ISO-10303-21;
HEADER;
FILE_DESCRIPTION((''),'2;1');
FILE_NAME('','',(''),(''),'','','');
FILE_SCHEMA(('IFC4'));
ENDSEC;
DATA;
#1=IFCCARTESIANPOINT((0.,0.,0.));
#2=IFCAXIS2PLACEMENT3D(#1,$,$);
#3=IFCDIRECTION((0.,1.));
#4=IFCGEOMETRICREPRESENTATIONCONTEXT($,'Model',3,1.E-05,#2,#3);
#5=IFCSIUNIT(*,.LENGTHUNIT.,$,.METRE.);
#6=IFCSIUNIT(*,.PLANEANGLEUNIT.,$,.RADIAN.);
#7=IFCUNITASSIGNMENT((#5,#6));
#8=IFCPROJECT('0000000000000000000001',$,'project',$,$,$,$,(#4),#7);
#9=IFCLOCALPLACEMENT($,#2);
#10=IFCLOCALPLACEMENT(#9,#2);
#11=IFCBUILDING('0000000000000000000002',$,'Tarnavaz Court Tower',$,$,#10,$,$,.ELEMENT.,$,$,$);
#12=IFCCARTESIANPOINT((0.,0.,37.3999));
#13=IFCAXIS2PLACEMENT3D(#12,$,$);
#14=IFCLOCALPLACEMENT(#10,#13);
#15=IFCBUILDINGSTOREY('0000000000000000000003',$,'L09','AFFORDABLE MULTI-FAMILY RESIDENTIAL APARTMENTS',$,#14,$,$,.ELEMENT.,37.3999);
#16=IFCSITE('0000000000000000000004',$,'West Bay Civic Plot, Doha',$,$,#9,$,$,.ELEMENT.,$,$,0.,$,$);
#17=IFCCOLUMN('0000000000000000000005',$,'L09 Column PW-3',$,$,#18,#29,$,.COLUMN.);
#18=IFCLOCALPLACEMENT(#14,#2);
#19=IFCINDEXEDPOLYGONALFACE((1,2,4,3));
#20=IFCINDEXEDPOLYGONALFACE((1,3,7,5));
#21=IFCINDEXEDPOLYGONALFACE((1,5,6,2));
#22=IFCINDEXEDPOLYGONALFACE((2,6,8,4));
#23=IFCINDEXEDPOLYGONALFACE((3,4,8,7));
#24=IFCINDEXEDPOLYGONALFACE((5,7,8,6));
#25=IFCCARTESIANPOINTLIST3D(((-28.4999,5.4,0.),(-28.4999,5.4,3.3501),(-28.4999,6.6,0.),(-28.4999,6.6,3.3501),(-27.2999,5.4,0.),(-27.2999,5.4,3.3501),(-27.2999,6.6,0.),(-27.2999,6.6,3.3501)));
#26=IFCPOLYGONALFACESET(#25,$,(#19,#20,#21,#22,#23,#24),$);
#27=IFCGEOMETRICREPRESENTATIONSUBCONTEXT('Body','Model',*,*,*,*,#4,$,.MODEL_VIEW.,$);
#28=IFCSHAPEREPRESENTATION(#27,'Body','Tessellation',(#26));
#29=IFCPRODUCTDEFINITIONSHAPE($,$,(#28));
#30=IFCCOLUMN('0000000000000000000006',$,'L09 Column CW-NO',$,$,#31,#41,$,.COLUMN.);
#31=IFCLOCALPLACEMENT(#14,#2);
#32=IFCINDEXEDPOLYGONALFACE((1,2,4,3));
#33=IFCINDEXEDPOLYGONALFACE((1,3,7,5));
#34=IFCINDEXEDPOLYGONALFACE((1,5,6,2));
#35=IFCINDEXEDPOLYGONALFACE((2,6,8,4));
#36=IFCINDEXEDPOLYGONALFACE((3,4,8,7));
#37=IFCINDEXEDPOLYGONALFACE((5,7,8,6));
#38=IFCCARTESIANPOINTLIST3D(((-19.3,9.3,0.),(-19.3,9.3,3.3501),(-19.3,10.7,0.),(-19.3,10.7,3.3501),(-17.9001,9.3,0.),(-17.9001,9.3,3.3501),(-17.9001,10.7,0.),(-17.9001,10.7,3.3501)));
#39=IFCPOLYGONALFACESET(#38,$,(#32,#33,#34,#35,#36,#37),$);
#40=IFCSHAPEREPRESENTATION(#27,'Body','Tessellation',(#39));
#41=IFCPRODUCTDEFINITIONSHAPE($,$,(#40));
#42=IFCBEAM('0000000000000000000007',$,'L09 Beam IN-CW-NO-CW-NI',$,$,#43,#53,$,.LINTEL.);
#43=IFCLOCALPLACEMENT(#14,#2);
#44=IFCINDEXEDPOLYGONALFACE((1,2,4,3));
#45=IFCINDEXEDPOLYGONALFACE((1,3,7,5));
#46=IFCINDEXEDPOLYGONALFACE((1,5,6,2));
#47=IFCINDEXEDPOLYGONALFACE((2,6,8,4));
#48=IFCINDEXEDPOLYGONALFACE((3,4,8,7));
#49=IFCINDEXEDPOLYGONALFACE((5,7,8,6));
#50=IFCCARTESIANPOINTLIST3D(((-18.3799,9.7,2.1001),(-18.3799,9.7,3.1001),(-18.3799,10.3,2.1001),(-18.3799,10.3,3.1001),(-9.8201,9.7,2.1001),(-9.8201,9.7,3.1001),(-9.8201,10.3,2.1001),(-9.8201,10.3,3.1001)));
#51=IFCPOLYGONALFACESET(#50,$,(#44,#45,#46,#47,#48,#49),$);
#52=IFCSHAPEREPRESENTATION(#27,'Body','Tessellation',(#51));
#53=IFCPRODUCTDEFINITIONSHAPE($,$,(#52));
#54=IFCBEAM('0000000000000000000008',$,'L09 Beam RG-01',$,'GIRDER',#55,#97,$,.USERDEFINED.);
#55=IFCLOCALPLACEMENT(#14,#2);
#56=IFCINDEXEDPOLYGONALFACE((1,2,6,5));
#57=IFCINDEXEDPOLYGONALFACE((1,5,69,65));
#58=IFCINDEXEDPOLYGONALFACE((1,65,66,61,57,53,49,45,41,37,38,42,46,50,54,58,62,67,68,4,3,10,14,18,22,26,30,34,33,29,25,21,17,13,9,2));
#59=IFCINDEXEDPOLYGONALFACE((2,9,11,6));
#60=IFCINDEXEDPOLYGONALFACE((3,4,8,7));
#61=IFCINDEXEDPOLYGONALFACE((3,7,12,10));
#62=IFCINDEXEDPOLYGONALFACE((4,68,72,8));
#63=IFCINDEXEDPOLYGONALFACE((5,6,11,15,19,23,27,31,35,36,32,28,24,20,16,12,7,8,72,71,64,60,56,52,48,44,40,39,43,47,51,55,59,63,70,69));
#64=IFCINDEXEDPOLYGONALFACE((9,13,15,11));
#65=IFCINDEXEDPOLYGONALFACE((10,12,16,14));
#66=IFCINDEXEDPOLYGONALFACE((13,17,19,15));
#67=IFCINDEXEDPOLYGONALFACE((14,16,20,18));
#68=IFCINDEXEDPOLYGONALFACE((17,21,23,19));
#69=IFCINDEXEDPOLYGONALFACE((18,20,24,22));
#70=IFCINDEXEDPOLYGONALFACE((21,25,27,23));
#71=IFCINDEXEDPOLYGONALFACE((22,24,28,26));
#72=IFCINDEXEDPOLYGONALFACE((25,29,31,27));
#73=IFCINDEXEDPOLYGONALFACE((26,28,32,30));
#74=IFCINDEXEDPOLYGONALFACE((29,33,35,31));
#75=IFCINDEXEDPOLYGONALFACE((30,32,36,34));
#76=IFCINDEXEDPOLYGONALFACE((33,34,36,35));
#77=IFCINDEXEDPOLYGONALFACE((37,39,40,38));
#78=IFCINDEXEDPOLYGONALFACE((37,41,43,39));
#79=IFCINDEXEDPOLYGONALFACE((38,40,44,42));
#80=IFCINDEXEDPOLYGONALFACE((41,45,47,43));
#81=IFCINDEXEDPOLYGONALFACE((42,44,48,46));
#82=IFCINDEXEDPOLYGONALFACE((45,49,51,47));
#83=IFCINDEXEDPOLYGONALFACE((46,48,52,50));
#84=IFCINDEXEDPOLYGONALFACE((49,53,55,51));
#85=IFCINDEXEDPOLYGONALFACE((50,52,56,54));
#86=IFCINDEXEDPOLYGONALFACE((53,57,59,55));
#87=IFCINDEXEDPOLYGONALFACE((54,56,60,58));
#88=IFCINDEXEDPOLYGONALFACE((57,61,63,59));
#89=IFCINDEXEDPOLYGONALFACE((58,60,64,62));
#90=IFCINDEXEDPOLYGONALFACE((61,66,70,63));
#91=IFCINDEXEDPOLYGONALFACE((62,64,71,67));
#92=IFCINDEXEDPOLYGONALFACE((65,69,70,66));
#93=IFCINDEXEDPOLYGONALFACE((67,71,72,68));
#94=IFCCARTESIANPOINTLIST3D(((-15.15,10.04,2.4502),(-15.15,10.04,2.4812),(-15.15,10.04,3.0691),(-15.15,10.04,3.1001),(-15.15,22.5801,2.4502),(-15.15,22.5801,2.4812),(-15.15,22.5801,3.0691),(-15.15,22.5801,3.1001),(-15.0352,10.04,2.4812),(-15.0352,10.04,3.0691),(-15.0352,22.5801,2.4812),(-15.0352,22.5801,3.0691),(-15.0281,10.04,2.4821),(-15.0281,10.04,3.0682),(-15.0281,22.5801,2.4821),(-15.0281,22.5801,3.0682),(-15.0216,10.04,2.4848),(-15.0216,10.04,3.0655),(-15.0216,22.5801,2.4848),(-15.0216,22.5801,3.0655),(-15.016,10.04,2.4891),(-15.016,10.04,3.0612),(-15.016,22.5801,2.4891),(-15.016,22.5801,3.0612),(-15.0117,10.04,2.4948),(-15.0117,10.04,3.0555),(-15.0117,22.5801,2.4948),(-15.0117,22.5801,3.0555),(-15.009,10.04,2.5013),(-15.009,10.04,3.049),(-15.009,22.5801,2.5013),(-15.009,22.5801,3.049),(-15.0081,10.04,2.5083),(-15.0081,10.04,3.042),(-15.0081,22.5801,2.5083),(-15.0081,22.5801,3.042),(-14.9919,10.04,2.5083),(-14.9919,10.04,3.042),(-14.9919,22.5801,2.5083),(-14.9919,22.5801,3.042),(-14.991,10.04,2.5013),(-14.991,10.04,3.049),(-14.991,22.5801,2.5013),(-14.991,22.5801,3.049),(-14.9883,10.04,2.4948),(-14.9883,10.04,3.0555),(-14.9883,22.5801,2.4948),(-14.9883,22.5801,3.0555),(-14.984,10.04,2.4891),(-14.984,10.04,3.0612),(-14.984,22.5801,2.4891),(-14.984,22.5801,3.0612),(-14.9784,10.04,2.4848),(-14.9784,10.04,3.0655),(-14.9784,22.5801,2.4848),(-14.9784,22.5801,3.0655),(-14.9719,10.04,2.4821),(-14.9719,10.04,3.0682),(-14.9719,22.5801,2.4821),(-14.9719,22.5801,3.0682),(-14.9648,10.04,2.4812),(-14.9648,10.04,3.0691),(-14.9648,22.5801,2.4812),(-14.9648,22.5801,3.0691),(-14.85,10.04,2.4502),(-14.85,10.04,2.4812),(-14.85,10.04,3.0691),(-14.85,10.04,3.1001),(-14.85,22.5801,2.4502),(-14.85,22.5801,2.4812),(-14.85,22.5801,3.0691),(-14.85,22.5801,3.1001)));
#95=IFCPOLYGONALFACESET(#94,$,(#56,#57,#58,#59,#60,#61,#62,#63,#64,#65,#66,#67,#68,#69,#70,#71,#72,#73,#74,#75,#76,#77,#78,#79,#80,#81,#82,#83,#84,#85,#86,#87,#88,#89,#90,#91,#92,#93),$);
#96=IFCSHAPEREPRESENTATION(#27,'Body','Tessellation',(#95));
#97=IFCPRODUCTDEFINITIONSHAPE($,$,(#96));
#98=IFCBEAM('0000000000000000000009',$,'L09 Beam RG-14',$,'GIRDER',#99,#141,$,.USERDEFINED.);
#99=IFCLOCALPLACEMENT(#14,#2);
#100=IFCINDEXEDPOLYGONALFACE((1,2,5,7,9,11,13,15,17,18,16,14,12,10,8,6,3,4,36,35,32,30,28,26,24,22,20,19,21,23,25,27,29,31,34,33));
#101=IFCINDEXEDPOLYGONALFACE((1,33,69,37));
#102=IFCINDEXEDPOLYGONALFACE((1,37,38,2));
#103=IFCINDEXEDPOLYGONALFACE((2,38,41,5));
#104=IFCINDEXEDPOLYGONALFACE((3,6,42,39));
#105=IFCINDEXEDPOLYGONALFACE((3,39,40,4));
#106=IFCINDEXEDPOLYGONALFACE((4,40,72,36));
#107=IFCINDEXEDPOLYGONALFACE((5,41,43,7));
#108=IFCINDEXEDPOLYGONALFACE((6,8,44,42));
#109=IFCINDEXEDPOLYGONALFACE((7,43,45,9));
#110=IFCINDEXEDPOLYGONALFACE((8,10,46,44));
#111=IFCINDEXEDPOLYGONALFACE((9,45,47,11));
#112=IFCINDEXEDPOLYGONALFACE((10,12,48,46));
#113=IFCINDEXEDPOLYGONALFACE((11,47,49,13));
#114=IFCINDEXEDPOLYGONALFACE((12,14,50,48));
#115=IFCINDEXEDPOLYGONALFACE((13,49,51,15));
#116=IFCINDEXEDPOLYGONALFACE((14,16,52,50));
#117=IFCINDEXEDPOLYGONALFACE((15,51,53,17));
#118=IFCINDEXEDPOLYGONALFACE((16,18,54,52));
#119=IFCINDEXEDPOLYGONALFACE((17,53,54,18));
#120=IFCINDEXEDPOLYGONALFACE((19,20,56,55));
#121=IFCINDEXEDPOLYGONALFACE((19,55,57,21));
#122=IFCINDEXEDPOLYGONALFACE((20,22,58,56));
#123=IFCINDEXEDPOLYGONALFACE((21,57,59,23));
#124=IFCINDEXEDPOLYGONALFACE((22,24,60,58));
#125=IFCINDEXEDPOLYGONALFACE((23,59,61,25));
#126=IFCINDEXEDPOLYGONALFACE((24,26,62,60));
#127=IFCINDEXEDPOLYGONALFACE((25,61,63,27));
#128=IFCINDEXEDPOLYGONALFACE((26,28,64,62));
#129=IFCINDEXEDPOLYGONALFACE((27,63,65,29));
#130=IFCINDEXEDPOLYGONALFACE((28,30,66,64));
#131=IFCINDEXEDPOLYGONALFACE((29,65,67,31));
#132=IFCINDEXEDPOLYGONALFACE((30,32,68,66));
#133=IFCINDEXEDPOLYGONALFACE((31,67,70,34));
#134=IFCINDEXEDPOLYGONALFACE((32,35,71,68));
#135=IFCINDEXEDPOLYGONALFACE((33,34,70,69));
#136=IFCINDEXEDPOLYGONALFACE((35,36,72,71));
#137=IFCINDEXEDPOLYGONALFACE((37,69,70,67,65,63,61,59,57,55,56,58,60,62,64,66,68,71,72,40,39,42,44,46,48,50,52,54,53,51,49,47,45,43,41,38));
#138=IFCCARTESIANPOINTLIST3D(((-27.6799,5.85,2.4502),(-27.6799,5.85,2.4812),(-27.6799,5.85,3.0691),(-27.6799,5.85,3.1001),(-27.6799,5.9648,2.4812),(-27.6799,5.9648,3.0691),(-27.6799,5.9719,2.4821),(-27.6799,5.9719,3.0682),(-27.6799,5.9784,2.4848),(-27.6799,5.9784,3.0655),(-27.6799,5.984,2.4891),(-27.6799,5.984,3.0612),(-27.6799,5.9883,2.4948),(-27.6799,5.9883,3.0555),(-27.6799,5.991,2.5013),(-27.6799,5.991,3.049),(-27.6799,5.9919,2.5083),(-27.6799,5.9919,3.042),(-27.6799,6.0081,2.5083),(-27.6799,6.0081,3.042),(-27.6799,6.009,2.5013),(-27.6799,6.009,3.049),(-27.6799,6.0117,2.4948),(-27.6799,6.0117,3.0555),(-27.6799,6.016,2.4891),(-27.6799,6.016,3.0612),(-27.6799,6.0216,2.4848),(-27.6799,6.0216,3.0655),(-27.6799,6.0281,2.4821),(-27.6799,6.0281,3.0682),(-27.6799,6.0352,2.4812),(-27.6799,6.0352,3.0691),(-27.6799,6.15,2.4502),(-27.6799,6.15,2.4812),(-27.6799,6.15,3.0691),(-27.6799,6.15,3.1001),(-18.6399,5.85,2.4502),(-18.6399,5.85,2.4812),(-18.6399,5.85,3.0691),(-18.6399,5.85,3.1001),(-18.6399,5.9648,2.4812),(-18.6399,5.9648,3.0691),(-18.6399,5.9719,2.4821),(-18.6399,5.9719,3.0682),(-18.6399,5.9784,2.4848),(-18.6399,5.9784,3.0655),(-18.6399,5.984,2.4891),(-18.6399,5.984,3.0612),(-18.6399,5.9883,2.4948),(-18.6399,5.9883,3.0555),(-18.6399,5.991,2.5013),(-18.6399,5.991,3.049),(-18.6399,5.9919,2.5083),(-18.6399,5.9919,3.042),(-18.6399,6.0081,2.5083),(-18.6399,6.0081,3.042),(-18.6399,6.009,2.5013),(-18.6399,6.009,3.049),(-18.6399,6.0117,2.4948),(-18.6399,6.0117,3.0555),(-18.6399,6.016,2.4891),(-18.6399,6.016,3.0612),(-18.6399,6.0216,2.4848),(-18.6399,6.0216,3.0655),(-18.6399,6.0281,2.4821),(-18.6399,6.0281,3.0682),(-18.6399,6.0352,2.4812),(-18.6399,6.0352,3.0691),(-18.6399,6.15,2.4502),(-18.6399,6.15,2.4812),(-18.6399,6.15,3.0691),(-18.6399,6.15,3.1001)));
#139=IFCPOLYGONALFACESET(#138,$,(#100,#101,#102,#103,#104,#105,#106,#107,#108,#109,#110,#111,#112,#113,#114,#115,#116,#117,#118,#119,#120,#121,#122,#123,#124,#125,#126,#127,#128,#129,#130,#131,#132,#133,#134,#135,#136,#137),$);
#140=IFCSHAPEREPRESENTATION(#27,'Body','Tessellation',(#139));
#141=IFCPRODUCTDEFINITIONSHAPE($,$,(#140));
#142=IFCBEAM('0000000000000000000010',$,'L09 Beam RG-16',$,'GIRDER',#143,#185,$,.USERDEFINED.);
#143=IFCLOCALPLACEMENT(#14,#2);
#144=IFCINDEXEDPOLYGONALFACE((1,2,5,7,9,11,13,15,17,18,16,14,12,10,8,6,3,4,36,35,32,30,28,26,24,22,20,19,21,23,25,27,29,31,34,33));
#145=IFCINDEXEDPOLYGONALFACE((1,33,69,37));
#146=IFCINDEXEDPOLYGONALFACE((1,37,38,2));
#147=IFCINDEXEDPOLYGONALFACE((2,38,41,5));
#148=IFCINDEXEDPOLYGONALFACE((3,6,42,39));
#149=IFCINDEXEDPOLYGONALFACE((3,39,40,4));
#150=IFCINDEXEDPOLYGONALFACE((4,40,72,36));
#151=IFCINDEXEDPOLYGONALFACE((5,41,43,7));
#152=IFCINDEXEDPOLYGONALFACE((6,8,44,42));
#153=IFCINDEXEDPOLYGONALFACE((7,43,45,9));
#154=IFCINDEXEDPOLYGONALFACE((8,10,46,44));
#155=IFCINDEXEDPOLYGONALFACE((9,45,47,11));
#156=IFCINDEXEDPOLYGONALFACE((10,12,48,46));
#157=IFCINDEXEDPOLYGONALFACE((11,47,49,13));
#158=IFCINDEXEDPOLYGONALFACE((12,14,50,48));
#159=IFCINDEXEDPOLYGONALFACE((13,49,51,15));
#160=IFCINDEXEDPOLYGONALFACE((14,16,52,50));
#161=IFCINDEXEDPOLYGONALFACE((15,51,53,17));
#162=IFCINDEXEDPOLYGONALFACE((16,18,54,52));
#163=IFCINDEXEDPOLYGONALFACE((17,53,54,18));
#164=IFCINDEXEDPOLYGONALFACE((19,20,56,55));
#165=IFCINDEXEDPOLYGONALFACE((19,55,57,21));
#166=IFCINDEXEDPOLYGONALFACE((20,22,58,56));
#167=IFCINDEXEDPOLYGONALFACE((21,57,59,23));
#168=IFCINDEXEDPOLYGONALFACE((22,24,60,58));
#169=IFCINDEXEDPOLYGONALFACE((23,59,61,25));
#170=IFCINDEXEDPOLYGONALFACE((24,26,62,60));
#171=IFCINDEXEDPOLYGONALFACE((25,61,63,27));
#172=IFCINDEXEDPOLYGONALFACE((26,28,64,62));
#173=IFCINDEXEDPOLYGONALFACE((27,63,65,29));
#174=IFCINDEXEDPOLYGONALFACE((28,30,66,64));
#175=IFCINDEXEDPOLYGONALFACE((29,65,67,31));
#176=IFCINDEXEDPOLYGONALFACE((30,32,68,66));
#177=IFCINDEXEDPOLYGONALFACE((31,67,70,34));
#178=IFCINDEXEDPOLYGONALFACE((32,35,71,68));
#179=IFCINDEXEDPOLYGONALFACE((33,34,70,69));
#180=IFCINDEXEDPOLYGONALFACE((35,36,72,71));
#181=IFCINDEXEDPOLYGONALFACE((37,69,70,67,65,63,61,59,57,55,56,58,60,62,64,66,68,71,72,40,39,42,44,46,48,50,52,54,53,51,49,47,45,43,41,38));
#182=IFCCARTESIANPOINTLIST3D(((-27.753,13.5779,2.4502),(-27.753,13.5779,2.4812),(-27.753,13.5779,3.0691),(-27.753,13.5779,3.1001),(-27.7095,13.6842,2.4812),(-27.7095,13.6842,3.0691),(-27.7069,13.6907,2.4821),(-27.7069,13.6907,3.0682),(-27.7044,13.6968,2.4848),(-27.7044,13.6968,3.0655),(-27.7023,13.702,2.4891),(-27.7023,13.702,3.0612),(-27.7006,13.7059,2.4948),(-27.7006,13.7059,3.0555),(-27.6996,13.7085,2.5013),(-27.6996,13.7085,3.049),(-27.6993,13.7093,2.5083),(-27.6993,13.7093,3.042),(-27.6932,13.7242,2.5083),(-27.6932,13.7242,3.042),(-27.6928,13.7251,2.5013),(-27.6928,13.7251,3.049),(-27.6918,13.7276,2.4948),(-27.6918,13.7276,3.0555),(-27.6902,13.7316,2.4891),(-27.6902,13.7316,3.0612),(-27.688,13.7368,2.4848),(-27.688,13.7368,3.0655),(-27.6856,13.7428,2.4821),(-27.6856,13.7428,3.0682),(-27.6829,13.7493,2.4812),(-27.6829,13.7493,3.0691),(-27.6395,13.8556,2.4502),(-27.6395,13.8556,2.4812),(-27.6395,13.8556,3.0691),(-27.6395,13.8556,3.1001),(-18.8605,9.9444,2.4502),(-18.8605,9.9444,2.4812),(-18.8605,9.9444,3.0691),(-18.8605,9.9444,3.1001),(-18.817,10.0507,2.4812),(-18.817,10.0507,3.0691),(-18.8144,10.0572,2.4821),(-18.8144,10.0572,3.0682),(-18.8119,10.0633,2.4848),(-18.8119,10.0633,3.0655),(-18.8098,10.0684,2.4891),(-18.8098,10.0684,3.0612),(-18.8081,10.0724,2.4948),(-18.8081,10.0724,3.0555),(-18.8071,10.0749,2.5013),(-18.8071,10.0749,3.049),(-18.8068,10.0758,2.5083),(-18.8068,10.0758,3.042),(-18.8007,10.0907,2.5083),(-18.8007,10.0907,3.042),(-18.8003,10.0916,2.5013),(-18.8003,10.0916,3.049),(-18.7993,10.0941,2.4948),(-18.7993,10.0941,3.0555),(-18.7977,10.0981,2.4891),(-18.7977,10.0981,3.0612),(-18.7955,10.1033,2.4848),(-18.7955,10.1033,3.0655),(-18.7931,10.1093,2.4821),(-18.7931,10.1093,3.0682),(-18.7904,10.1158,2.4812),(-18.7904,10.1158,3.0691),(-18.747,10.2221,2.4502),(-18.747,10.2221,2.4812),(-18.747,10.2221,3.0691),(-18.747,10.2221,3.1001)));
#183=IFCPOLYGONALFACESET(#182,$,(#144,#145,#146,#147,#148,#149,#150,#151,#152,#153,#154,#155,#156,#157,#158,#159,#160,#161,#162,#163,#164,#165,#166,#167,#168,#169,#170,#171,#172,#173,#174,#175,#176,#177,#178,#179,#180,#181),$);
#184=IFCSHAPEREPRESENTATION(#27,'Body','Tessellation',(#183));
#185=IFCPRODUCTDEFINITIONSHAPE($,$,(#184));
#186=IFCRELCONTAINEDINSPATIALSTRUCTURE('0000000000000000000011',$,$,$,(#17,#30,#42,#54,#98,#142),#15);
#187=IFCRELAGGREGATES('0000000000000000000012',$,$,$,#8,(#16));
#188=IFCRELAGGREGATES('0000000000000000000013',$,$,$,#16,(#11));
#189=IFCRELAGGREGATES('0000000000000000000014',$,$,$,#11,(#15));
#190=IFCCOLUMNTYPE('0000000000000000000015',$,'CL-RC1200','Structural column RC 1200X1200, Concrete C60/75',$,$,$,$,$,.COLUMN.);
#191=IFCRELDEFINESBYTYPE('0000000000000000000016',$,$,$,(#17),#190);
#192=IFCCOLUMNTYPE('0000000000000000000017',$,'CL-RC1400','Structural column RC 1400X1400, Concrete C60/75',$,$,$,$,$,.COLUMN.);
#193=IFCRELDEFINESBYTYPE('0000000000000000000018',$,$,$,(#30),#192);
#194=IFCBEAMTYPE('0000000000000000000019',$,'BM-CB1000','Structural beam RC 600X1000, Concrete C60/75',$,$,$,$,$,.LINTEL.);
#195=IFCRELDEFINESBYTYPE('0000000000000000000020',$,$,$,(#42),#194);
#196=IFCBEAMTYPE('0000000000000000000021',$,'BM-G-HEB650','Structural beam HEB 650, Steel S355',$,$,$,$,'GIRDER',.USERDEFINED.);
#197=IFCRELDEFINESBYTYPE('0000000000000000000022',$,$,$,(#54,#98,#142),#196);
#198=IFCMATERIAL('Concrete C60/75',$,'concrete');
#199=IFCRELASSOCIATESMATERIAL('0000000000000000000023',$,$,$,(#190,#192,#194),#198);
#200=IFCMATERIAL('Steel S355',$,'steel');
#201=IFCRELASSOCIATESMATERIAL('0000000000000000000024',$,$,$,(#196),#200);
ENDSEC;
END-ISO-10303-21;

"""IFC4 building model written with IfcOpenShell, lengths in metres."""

from ifc_helpers import new_model, si_unit, direction, frame, origin, origin_2d, place, context, subcontext, project, spatial, rectangle, i_section, extrude, material, material_profile, profile_set, type_object, element, save


model = new_model("IFC4")

# Units and contexts
model_context = context("Model", 3, precision=1e-05, world=origin(), true_north=direction((0.0, 1.0)))
body_context = subcontext(model_context, "Body", "Model", "MODEL_VIEW")
ifc_project = project(units=[si_unit("LENGTHUNIT", "METRE"), si_unit("PLANEANGLEUNIT", "RADIAN")], contexts=[model_context])

# Site, building, storey
site_placement = place(None, origin())
site = spatial("IfcSite", under=ifc_project, at=site_placement, Name="West Bay Civic Plot, Doha", CompositionType="ELEMENT", RefElevation=0.0)
building_placement = place(site_placement, origin())
building = spatial("IfcBuilding", under=site, at=building_placement, Name="Tarnavaz Court Tower", CompositionType="ELEMENT")
storey_placement = place(building_placement, frame((0.0, 0.0, 37.3999)))
storey = spatial("IfcBuildingStorey", under=building, at=storey_placement, Name="L09", Description="AFFORDABLE MULTI-FAMILY RESIDENTIAL APARTMENTS", CompositionType="ELEMENT", Elevation=37.3999)

# Columns
ifc_material_1 = material(Name="Concrete C60/75", Category="concrete")
ifc_material_profile_1 = material_profile(ifc_material_1, rectangle(XDim=1.2, YDim=1.2, at=origin_2d()), Name="RC 1200X1200")
ifc_profile_set_1 = profile_set([ifc_material_profile_1], Name="Concrete C60/75")
column_type_1 = type_object("IfcColumnType", Name="CL-RC1200", Description="Structural column RC 1200X1200, Concrete C60/75", PredefinedType="COLUMN", material=ifc_profile_set_1)
column_1_placement = place(storey_placement, frame((-27.8999, 6.0, 0.0), z_axis=(0.0, 0.0, 1.0), x_axis=(1.0, 0.0, 0.0)))
element("IfcColumn", 1, at=column_1_placement, inside=storey, type_object=column_type_1, Name="L09 Column PW-3", PredefinedType="COLUMN", context=body_context, shape_type="SweptSolid", body=[
    extrude(rectangle(XDim=1.2, YDim=1.2, at=origin_2d()), origin(), (0.0, 0.0, 1.0), 3.3501),
])
ifc_material_profile_2 = material_profile(ifc_material_1, rectangle(XDim=1.3999, YDim=1.3999, at=origin_2d()), Name="RC 1400X1400")
ifc_profile_set_2 = profile_set([ifc_material_profile_2], Name="Concrete C60/75")
column_type_2 = type_object("IfcColumnType", Name="CL-RC1400", Description="Structural column RC 1400X1400, Concrete C60/75", PredefinedType="COLUMN", material=ifc_profile_set_2)
column_2_placement = place(storey_placement, frame((-18.6001, 10.0, 0.0), z_axis=(0.0, 0.0, 1.0), x_axis=(1.0, 0.0, 0.0)))
element("IfcColumn", 2, at=column_2_placement, inside=storey, type_object=column_type_2, Name="L09 Column CW-NO", PredefinedType="COLUMN", context=body_context, shape_type="SweptSolid", body=[
    extrude(rectangle(XDim=1.3999, YDim=1.3999, at=origin_2d()), origin(), (0.0, 0.0, 1.0), 3.3501),
])

# Beams
ifc_material_profile_3 = material_profile(ifc_material_1, rectangle(XDim=0.6001, YDim=1.0, at=origin_2d()), Name="RC 600X1000")
ifc_profile_set_3 = profile_set([ifc_material_profile_3], Name="Concrete C60/75")
beam_type_1 = type_object("IfcBeamType", Name="BM-CB1000", Description="Structural beam RC 600X1000, Concrete C60/75", PredefinedType="LINTEL", material=ifc_profile_set_3)
beam_1_placement = place(storey_placement, frame((-18.3799, 10.0, 2.6001), z_axis=(1.0, 0.0, 0.0), x_axis=(0.0, 1.0, 0.0)))
element("IfcBeam", 3, at=beam_1_placement, inside=storey, type_object=beam_type_1, Name="L09 Beam IN-CW-NO-CW-NI", PredefinedType="LINTEL", context=body_context, shape_type="SweptSolid", body=[
    extrude(rectangle(XDim=0.6001, YDim=1.0, at=origin_2d()), origin(), (0.0, 0.0, 1.0), 8.5598),
])
ifc_material_2 = material(Name="Steel S355", Category="steel")
ifc_material_profile_4 = material_profile(ifc_material_2, i_section(OverallWidth=0.3, OverallDepth=0.6499, WebThickness=0.0161, FlangeThickness=0.031, FilletRadius=0.0271, at=origin_2d()), Name="HEB 650")
ifc_profile_set_4 = profile_set([ifc_material_profile_4], Name="Steel S355")
beam_type_2 = type_object("IfcBeamType", Name="BM-G-HEB650", Description="Structural beam HEB 650, Steel S355", ElementType="GIRDER", PredefinedType="USERDEFINED", material=ifc_profile_set_4)
beam_2_placement = place(storey_placement, frame((-15.0, 10.04, 2.7751), z_axis=(0.0, 1.0, 0.0), x_axis=(-1.0, 0.0, 0.0)))
element("IfcBeam", 4, at=beam_2_placement, inside=storey, type_object=beam_type_2, Name="L09 Beam RG-01", ObjectType="GIRDER", PredefinedType="USERDEFINED", context=body_context, shape_type="SweptSolid", body=[
    extrude(i_section(OverallWidth=0.3, OverallDepth=0.6499, WebThickness=0.0161, FlangeThickness=0.031, FilletRadius=0.0271, at=origin_2d()), origin(), (0.0, 0.0, 1.0), 12.54),
])
beam_3_placement = place(storey_placement, frame((-18.6399, 6.0, 2.7751), z_axis=(-1.0, 0.0, 0.0), x_axis=(0.0, -1.0, 0.0)))
element("IfcBeam", 5, at=beam_3_placement, inside=storey, type_object=beam_type_2, Name="L09 Beam RG-14", ObjectType="GIRDER", PredefinedType="USERDEFINED", context=body_context, shape_type="SweptSolid", body=[
    extrude(i_section(OverallWidth=0.3, OverallDepth=0.6499, WebThickness=0.0161, FlangeThickness=0.031, FilletRadius=0.0271, at=origin_2d()), origin(), (0.0, 0.0, 1.0), 9.04),
])
beam_4_placement = place(storey_placement, frame((-18.8037, 10.0833, 2.7751), z_axis=(-0.925705, 0.378247, 0.0), x_axis=(-0.378247, -0.925705, 0.0)))
element("IfcBeam", 6, at=beam_4_placement, inside=storey, type_object=beam_type_2, Name="L09 Beam RG-16", ObjectType="GIRDER", PredefinedType="USERDEFINED", context=body_context, shape_type="SweptSolid", body=[
    extrude(i_section(OverallWidth=0.3, OverallDepth=0.6499, WebThickness=0.0161, FlangeThickness=0.031, FilletRadius=0.0271, at=origin_2d()), origin(), (0.0, 0.0, 1.0), 9.6062),
])

save(model, "model.ifc")
